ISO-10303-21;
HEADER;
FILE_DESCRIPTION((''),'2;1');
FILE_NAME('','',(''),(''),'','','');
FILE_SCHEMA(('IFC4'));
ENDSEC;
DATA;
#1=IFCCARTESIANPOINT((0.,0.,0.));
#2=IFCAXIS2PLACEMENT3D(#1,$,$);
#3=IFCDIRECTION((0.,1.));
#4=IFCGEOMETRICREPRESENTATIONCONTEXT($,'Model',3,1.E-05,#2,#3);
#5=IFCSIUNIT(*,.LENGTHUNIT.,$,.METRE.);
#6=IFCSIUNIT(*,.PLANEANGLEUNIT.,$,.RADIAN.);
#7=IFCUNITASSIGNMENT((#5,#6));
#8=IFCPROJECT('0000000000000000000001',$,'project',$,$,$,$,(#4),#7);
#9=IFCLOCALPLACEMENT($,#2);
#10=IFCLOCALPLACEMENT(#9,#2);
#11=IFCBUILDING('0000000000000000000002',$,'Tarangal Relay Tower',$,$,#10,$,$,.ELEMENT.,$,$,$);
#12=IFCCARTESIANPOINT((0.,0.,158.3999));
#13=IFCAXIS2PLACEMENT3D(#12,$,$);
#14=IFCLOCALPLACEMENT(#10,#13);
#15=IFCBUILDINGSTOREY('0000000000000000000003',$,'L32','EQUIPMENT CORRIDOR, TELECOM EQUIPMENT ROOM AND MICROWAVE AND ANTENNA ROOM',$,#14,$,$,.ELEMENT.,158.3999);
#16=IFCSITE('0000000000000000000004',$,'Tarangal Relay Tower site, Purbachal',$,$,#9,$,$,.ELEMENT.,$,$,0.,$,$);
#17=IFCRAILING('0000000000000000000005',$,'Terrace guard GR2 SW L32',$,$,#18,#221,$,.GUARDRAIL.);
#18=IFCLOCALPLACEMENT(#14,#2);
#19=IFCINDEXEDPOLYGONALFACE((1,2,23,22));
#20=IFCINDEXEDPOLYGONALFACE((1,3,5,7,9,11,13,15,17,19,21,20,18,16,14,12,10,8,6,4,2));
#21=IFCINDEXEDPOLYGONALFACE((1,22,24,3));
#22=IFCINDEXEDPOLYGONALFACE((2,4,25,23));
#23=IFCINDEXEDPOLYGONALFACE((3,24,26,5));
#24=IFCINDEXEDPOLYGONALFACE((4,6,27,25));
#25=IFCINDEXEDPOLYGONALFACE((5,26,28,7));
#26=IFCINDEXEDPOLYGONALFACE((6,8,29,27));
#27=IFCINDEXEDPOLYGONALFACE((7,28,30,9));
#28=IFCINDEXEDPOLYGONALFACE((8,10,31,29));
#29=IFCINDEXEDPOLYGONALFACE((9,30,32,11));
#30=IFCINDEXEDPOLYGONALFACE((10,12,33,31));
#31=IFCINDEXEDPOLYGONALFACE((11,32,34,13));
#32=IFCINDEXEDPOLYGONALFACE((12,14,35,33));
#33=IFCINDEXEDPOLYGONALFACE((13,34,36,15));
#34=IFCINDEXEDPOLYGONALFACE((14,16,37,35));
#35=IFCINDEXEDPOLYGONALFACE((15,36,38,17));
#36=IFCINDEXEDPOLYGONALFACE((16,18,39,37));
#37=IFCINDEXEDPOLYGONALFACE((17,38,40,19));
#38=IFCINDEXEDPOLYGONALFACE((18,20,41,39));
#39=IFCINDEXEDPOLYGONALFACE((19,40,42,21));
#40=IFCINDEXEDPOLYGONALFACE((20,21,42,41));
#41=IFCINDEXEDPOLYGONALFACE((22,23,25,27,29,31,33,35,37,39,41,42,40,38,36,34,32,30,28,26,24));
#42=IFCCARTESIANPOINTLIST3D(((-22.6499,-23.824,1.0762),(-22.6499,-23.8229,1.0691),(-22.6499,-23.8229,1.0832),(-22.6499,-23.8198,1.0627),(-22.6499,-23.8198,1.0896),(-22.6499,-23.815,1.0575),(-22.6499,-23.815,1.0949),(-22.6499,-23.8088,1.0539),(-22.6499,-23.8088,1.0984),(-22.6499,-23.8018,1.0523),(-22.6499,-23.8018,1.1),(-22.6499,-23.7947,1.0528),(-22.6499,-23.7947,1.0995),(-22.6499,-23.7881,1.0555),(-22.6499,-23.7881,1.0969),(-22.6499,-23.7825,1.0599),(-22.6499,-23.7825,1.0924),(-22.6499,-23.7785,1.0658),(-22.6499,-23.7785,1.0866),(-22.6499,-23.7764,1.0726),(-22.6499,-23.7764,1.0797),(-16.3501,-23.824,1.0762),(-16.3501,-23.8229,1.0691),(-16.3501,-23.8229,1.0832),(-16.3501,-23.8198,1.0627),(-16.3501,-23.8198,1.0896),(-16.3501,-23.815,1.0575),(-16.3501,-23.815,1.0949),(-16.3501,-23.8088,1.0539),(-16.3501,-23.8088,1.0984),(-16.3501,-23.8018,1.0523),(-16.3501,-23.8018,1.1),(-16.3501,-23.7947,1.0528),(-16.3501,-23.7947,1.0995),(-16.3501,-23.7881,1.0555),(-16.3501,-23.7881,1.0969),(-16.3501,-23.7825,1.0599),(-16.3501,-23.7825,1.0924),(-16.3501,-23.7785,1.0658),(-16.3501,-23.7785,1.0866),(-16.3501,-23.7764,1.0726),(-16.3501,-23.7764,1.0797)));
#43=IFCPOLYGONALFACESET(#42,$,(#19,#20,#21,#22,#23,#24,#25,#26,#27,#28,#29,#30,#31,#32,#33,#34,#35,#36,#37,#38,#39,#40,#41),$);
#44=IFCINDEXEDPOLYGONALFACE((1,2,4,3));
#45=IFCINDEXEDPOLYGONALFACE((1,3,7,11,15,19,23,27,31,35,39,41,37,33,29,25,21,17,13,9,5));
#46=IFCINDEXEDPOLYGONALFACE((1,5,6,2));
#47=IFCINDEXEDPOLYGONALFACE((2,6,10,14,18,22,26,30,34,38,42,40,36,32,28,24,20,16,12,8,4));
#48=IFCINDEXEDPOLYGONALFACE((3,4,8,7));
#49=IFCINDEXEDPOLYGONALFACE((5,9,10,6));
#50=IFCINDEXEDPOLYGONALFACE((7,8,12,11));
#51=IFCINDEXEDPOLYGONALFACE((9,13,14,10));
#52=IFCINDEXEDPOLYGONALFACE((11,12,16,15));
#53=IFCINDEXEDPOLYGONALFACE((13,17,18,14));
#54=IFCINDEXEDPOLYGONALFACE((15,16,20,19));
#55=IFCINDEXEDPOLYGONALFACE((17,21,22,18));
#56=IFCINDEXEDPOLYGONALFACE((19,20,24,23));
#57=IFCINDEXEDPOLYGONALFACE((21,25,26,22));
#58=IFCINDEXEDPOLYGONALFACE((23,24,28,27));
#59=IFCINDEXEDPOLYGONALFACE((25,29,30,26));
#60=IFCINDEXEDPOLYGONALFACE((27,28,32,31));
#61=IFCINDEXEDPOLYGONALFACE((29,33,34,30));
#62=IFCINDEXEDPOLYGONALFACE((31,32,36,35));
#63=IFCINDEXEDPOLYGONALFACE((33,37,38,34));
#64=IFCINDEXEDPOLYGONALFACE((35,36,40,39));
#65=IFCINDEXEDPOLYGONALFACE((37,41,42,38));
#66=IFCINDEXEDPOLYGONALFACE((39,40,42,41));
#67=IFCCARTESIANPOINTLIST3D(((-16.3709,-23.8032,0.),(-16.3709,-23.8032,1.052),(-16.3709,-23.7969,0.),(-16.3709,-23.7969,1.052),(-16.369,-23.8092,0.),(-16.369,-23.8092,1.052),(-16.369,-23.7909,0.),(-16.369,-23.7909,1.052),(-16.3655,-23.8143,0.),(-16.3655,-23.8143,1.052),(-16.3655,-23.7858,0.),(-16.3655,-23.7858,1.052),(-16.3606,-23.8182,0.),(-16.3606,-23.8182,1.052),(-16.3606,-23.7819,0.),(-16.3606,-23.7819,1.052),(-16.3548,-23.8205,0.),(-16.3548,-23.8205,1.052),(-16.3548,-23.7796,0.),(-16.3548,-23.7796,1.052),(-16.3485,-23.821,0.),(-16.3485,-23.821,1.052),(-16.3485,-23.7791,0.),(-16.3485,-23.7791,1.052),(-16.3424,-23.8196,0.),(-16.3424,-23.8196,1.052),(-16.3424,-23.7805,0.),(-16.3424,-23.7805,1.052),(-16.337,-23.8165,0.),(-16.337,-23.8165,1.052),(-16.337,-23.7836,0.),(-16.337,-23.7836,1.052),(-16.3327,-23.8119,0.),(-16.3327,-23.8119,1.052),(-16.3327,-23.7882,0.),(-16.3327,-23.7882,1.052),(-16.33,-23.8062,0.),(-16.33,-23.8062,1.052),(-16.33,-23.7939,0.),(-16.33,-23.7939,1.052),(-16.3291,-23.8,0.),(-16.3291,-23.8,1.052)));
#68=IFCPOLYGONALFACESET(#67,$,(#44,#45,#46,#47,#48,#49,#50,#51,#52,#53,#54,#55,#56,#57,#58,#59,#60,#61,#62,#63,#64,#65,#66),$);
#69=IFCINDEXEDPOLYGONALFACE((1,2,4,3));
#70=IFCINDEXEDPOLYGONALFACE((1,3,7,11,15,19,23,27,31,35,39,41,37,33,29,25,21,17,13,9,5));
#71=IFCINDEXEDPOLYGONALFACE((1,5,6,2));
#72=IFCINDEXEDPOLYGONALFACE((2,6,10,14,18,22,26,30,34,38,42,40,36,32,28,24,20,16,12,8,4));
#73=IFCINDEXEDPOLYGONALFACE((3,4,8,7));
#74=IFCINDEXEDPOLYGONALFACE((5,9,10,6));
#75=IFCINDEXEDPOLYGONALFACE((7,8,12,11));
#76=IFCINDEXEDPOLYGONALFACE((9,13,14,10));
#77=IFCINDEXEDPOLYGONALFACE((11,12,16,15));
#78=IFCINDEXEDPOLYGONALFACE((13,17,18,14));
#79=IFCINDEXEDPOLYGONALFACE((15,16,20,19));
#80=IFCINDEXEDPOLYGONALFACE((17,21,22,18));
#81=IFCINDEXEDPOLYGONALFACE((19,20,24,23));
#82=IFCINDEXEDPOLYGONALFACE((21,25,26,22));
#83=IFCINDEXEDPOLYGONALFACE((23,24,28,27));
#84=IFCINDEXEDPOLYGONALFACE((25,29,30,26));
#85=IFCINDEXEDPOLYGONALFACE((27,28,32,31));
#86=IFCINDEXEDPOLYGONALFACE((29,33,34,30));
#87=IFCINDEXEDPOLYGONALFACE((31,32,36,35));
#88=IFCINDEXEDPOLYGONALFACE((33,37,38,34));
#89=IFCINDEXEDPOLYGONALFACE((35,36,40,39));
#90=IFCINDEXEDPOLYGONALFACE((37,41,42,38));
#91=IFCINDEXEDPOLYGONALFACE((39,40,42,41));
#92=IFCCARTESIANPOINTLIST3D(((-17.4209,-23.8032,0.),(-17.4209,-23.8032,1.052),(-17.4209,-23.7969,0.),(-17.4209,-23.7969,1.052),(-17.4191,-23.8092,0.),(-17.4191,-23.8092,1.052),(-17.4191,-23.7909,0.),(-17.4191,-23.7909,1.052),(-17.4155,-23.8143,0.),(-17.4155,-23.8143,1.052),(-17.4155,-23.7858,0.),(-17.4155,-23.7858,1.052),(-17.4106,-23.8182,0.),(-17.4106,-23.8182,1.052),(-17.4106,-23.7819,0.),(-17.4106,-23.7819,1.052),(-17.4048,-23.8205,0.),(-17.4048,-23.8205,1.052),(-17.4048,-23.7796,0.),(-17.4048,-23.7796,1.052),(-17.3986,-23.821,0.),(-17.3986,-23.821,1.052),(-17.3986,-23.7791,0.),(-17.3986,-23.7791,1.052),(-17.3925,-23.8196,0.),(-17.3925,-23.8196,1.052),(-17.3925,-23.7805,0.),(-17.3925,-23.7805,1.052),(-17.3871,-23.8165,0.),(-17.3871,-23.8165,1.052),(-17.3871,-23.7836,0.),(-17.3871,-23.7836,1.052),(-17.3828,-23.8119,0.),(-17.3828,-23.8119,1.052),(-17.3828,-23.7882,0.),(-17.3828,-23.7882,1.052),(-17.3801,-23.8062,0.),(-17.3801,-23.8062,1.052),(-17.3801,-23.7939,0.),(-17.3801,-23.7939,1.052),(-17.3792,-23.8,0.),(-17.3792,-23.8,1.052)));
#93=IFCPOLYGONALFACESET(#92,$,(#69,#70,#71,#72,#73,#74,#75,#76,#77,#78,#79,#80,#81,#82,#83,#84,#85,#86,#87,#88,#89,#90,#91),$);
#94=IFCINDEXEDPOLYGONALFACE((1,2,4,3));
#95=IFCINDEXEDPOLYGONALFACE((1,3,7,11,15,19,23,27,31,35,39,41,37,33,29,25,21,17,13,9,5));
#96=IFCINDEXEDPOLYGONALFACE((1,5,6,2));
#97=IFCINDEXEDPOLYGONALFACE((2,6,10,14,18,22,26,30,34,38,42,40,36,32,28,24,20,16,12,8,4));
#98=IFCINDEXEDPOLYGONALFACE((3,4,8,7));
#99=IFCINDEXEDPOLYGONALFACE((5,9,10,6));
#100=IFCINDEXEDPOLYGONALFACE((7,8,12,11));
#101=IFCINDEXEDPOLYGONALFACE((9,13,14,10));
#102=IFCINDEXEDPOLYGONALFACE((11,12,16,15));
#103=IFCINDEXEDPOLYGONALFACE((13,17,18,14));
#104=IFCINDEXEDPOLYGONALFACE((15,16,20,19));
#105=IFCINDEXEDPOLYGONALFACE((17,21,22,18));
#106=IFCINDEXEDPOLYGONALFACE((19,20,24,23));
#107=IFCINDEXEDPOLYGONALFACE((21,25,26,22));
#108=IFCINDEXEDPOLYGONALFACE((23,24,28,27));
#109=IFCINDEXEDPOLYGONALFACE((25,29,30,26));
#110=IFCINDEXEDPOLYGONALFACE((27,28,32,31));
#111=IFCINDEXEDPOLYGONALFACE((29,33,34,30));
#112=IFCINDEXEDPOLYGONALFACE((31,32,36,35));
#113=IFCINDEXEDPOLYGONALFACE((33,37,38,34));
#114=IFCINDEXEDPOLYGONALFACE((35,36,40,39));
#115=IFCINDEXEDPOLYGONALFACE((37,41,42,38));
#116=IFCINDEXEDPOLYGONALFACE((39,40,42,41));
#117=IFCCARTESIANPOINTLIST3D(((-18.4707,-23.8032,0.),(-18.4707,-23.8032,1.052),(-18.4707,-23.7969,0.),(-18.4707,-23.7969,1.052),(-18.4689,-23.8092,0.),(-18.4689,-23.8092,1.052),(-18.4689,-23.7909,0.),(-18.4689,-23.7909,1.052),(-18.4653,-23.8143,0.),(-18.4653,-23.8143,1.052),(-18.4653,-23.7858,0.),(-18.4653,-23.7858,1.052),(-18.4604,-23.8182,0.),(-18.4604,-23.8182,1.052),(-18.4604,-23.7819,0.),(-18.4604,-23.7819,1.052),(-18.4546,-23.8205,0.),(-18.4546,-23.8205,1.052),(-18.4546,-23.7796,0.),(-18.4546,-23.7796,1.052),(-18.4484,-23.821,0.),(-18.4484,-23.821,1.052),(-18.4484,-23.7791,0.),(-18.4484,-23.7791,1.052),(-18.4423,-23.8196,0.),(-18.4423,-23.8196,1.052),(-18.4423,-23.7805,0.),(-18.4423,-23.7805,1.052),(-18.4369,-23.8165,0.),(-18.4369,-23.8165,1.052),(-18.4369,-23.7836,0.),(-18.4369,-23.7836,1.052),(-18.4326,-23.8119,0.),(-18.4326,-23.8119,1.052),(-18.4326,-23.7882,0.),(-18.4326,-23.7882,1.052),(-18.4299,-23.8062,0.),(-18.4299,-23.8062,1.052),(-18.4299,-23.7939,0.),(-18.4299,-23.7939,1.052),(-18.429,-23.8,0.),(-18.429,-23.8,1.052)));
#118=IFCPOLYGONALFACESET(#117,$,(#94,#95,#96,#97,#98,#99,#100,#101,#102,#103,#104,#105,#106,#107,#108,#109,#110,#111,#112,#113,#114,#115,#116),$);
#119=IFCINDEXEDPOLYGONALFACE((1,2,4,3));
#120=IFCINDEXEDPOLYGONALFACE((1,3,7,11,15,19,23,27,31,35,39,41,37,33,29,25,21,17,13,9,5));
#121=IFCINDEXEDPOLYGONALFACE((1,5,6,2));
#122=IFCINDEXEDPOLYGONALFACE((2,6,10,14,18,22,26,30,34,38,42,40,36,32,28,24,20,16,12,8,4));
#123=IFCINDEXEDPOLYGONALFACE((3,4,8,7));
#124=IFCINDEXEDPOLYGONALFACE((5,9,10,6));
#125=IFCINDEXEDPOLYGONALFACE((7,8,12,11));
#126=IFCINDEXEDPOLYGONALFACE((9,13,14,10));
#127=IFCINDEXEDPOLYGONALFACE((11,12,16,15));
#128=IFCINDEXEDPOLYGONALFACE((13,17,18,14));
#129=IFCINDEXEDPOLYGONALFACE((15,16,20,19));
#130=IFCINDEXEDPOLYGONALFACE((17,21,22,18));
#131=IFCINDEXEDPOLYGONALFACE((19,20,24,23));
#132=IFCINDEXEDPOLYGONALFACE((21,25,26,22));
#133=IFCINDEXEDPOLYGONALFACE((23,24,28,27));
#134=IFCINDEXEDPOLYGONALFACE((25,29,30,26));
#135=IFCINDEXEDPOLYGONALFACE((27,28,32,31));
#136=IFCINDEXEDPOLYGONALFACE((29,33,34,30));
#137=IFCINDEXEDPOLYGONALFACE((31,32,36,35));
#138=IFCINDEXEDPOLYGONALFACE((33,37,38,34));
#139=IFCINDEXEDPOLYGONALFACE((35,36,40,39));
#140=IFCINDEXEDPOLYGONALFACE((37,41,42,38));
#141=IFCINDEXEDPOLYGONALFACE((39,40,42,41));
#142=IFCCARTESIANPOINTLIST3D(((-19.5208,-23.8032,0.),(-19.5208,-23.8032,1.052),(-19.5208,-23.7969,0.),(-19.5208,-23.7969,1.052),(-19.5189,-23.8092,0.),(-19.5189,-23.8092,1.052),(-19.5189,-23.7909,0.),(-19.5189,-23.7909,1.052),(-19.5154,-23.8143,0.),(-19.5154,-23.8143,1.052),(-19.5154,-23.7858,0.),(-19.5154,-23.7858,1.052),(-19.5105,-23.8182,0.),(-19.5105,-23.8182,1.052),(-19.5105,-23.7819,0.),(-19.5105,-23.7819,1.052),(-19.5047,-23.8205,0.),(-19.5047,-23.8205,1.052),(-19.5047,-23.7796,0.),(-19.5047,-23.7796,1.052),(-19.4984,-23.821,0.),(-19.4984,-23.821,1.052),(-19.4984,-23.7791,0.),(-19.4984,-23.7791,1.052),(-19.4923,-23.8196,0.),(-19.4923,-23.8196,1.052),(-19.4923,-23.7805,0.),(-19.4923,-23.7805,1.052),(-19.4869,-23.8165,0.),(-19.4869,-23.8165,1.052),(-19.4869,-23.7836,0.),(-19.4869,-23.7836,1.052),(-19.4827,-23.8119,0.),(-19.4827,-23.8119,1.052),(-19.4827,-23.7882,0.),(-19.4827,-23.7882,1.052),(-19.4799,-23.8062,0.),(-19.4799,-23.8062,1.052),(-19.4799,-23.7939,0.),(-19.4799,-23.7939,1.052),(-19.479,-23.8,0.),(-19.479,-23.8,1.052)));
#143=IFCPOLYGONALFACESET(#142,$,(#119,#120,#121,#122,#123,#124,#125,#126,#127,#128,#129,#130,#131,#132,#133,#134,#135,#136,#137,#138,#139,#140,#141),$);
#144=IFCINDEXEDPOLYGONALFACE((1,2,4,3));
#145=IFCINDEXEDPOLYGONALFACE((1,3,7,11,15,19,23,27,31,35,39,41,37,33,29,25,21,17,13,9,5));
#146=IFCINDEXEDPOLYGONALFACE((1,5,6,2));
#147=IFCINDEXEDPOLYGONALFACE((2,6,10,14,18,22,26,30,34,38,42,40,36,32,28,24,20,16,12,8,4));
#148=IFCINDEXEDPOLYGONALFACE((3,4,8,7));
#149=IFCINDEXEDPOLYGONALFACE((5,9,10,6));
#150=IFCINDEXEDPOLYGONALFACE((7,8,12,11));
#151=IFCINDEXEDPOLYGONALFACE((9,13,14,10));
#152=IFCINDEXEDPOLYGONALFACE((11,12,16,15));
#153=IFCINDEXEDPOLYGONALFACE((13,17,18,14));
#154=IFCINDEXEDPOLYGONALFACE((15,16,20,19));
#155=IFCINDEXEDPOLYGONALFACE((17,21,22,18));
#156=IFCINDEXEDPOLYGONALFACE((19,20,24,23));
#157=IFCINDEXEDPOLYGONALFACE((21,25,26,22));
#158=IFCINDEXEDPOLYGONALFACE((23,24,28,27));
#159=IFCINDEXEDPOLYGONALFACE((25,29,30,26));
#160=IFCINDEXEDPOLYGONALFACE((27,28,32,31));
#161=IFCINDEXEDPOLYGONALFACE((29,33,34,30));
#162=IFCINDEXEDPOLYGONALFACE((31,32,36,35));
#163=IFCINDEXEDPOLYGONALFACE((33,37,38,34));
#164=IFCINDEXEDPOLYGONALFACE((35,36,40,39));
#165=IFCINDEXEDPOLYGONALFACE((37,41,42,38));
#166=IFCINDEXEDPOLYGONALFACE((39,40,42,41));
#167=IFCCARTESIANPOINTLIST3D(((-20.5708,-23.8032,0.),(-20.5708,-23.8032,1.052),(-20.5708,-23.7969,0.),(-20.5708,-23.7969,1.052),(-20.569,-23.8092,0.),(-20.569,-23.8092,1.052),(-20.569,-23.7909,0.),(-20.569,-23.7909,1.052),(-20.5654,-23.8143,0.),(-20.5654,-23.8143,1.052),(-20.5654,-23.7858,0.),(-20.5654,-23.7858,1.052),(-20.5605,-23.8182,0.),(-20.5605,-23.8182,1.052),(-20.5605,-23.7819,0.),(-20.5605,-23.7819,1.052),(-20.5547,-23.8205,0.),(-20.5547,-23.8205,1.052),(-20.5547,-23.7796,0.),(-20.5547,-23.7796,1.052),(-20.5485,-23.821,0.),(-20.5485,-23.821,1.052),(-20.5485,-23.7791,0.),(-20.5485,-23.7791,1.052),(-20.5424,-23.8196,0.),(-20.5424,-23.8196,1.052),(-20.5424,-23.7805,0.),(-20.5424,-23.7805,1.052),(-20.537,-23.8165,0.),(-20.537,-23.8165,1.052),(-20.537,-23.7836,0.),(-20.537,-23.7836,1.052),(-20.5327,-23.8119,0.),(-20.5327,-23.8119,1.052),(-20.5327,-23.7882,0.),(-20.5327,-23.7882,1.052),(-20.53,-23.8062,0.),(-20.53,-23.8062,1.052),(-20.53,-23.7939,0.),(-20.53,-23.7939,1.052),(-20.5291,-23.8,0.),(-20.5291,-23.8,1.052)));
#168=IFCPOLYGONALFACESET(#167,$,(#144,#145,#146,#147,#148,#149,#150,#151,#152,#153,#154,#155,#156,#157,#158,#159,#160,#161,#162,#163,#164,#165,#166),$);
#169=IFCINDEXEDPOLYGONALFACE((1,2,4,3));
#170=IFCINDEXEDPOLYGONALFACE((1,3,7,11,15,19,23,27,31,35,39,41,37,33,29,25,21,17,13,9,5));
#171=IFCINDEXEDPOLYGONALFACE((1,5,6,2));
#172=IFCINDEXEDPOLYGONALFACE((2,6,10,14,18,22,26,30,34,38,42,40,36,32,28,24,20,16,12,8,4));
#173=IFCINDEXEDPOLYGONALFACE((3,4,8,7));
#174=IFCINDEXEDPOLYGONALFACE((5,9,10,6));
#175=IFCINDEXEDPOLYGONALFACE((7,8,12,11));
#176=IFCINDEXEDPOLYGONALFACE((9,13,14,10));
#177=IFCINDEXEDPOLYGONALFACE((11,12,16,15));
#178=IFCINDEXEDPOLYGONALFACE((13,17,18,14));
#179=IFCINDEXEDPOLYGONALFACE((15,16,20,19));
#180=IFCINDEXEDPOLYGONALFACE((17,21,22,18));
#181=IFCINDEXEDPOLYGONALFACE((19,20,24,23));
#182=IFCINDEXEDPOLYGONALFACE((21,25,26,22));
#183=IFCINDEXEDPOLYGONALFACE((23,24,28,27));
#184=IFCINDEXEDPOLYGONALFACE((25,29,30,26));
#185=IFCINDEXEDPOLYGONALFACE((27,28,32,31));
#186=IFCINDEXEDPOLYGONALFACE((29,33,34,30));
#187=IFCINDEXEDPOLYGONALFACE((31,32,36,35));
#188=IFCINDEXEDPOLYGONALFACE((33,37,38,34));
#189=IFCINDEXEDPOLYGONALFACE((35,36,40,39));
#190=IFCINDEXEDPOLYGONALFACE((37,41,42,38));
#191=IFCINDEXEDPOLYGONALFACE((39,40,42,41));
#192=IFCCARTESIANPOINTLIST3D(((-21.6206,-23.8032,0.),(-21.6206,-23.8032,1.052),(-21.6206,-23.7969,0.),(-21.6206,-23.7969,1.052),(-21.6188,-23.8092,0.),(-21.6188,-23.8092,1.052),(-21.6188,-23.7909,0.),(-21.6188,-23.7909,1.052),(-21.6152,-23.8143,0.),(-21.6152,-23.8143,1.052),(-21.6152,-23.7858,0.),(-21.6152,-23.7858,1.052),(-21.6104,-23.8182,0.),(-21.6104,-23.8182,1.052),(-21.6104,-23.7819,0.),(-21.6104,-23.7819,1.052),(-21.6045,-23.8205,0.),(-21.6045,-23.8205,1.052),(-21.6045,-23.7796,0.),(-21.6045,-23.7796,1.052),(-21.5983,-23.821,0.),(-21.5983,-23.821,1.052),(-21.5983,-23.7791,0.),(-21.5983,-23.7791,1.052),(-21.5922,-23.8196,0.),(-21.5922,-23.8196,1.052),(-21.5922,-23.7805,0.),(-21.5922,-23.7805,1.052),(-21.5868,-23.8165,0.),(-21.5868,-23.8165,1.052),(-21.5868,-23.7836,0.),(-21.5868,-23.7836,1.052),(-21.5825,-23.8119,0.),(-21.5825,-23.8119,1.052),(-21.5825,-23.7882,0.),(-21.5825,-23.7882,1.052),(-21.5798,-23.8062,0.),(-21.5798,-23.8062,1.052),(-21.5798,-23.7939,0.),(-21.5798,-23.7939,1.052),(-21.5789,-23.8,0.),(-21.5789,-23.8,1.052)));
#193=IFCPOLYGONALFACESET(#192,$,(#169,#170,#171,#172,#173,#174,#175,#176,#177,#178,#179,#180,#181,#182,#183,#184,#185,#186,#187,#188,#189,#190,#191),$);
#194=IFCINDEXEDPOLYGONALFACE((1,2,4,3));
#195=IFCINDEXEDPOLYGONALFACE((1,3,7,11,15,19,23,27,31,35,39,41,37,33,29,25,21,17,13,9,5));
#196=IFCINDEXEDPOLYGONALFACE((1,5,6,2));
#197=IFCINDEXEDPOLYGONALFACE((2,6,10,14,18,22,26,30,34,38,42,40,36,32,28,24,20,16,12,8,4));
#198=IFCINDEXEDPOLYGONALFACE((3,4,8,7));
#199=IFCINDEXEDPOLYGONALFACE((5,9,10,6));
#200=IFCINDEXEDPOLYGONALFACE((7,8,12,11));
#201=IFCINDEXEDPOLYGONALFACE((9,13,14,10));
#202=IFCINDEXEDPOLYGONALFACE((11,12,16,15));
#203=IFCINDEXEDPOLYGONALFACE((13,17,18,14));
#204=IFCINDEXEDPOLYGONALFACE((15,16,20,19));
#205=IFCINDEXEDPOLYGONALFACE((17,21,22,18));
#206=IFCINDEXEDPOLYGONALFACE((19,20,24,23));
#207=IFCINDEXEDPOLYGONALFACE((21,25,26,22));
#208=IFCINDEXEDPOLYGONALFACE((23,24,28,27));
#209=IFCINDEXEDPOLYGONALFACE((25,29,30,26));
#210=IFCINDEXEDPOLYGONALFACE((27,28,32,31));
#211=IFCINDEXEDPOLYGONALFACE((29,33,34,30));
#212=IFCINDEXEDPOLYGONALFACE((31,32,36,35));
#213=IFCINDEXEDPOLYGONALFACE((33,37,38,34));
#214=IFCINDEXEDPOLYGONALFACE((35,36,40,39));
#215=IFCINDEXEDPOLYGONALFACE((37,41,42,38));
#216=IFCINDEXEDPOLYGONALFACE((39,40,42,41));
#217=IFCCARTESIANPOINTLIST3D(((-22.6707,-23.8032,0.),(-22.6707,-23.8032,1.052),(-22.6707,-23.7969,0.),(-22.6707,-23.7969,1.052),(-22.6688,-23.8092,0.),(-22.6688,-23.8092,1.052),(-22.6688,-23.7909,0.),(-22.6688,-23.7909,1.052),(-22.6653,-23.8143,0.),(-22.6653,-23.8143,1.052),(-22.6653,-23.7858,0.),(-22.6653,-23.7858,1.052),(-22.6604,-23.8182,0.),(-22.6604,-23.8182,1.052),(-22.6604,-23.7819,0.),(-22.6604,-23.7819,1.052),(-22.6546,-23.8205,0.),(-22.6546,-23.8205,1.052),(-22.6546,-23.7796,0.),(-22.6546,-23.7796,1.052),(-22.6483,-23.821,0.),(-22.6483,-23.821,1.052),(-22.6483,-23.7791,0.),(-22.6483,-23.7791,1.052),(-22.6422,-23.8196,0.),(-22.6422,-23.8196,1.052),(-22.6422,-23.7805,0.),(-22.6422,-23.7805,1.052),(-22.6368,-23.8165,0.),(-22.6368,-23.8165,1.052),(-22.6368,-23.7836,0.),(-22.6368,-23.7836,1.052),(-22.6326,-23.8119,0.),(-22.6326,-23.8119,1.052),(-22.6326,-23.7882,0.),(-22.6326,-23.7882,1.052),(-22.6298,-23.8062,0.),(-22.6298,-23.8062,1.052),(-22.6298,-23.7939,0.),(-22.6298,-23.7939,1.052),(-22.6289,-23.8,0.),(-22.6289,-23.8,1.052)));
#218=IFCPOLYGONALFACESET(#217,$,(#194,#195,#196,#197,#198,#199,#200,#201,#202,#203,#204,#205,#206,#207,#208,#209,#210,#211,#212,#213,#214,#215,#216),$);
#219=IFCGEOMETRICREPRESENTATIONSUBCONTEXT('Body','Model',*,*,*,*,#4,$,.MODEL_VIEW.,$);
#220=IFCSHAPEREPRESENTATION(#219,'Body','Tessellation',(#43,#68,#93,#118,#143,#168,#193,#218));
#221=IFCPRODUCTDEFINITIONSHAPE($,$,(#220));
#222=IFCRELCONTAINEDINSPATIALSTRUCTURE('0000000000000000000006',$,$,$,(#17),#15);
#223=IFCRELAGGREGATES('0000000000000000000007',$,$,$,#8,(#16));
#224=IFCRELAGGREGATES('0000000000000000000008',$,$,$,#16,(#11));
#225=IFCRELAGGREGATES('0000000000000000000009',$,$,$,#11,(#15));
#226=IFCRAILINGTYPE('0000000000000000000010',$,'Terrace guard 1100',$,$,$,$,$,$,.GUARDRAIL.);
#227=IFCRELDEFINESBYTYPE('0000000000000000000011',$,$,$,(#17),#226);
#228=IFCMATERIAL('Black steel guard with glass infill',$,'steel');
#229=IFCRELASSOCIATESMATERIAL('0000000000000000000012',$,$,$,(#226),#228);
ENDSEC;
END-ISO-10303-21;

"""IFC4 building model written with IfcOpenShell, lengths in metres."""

from ifc_helpers import new_model, si_unit, direction, frame, origin, origin_2d, place, context, subcontext, project, spatial, circle, extrude, material, type_object, element, save


model = new_model("IFC4")

# Units and contexts
model_context = context("Model", 3, precision=1e-05, world=origin(), true_north=direction((0.0, 1.0)))
body_context = subcontext(model_context, "Body", "Model", "MODEL_VIEW")
ifc_project = project(units=[si_unit("LENGTHUNIT", "METRE"), si_unit("PLANEANGLEUNIT", "RADIAN")], contexts=[model_context])

# Site, building, storey
site_placement = place(None, origin())
site = spatial("IfcSite", under=ifc_project, at=site_placement, Name="Tarangal Relay Tower site, Purbachal", CompositionType="ELEMENT", RefElevation=0.0)
building_placement = place(site_placement, origin())
building = spatial("IfcBuilding", under=site, at=building_placement, Name="Tarangal Relay Tower", CompositionType="ELEMENT")
storey_placement = place(building_placement, frame((0.0, 0.0, 158.3999)))
storey = spatial("IfcBuildingStorey", under=building, at=storey_placement, Name="L32", Description="EQUIPMENT CORRIDOR, TELECOM EQUIPMENT ROOM AND MICROWAVE AND ANTENNA ROOM", CompositionType="ELEMENT", Elevation=158.3999)

# Railing
ifc_material_1 = material(Name="Black steel guard with glass infill", Category="steel")
railing_type = type_object("IfcRailingType", Name="Terrace guard 1100", PredefinedType="GUARDRAIL", material=ifc_material_1)
railing_placement = place(storey_placement, frame((-16.3501, -23.8, 0.0)))
element("IfcRailing", 1, at=railing_placement, inside=storey, type_object=railing_type, Name="Terrace guard GR2 SW L32", PredefinedType="GUARDRAIL", context=body_context, shape_type="SweptSolid", body=[
    extrude(circle(Radius=0.0239, at=origin_2d()), frame((0.0, 0.0, 1.0762), z_axis=(-1.0, 0.0, 0.0), x_axis=(0.0, -1.0, 0.0)), (0.0, 0.0, 1.0), 6.2998),
    extrude(circle(Radius=0.021, at=origin_2d()), origin(), (0.0, 0.0, 1.0), 1.052),
    extrude(circle(Radius=0.021, at=origin_2d()), frame((-1.05, 0.0, 0.0)), (0.0, 0.0, 1.0), 1.052),
    extrude(circle(Radius=0.021, at=origin_2d()), frame((-2.0999, 0.0, 0.0)), (0.0, 0.0, 1.0), 1.052),
    extrude(circle(Radius=0.021, at=origin_2d()), frame((-3.1499, 0.0, 0.0)), (0.0, 0.0, 1.0), 1.052),
    extrude(circle(Radius=0.021, at=origin_2d()), frame((-4.2, 0.0, 0.0)), (0.0, 0.0, 1.0), 1.052),
    extrude(circle(Radius=0.021, at=origin_2d()), frame((-5.2498, 0.0, 0.0)), (0.0, 0.0, 1.0), 1.052),
    extrude(circle(Radius=0.021, at=origin_2d()), frame((-6.2998, 0.0, 0.0)), (0.0, 0.0, 1.0), 1.052),
])

save(model, "model.ifc")
